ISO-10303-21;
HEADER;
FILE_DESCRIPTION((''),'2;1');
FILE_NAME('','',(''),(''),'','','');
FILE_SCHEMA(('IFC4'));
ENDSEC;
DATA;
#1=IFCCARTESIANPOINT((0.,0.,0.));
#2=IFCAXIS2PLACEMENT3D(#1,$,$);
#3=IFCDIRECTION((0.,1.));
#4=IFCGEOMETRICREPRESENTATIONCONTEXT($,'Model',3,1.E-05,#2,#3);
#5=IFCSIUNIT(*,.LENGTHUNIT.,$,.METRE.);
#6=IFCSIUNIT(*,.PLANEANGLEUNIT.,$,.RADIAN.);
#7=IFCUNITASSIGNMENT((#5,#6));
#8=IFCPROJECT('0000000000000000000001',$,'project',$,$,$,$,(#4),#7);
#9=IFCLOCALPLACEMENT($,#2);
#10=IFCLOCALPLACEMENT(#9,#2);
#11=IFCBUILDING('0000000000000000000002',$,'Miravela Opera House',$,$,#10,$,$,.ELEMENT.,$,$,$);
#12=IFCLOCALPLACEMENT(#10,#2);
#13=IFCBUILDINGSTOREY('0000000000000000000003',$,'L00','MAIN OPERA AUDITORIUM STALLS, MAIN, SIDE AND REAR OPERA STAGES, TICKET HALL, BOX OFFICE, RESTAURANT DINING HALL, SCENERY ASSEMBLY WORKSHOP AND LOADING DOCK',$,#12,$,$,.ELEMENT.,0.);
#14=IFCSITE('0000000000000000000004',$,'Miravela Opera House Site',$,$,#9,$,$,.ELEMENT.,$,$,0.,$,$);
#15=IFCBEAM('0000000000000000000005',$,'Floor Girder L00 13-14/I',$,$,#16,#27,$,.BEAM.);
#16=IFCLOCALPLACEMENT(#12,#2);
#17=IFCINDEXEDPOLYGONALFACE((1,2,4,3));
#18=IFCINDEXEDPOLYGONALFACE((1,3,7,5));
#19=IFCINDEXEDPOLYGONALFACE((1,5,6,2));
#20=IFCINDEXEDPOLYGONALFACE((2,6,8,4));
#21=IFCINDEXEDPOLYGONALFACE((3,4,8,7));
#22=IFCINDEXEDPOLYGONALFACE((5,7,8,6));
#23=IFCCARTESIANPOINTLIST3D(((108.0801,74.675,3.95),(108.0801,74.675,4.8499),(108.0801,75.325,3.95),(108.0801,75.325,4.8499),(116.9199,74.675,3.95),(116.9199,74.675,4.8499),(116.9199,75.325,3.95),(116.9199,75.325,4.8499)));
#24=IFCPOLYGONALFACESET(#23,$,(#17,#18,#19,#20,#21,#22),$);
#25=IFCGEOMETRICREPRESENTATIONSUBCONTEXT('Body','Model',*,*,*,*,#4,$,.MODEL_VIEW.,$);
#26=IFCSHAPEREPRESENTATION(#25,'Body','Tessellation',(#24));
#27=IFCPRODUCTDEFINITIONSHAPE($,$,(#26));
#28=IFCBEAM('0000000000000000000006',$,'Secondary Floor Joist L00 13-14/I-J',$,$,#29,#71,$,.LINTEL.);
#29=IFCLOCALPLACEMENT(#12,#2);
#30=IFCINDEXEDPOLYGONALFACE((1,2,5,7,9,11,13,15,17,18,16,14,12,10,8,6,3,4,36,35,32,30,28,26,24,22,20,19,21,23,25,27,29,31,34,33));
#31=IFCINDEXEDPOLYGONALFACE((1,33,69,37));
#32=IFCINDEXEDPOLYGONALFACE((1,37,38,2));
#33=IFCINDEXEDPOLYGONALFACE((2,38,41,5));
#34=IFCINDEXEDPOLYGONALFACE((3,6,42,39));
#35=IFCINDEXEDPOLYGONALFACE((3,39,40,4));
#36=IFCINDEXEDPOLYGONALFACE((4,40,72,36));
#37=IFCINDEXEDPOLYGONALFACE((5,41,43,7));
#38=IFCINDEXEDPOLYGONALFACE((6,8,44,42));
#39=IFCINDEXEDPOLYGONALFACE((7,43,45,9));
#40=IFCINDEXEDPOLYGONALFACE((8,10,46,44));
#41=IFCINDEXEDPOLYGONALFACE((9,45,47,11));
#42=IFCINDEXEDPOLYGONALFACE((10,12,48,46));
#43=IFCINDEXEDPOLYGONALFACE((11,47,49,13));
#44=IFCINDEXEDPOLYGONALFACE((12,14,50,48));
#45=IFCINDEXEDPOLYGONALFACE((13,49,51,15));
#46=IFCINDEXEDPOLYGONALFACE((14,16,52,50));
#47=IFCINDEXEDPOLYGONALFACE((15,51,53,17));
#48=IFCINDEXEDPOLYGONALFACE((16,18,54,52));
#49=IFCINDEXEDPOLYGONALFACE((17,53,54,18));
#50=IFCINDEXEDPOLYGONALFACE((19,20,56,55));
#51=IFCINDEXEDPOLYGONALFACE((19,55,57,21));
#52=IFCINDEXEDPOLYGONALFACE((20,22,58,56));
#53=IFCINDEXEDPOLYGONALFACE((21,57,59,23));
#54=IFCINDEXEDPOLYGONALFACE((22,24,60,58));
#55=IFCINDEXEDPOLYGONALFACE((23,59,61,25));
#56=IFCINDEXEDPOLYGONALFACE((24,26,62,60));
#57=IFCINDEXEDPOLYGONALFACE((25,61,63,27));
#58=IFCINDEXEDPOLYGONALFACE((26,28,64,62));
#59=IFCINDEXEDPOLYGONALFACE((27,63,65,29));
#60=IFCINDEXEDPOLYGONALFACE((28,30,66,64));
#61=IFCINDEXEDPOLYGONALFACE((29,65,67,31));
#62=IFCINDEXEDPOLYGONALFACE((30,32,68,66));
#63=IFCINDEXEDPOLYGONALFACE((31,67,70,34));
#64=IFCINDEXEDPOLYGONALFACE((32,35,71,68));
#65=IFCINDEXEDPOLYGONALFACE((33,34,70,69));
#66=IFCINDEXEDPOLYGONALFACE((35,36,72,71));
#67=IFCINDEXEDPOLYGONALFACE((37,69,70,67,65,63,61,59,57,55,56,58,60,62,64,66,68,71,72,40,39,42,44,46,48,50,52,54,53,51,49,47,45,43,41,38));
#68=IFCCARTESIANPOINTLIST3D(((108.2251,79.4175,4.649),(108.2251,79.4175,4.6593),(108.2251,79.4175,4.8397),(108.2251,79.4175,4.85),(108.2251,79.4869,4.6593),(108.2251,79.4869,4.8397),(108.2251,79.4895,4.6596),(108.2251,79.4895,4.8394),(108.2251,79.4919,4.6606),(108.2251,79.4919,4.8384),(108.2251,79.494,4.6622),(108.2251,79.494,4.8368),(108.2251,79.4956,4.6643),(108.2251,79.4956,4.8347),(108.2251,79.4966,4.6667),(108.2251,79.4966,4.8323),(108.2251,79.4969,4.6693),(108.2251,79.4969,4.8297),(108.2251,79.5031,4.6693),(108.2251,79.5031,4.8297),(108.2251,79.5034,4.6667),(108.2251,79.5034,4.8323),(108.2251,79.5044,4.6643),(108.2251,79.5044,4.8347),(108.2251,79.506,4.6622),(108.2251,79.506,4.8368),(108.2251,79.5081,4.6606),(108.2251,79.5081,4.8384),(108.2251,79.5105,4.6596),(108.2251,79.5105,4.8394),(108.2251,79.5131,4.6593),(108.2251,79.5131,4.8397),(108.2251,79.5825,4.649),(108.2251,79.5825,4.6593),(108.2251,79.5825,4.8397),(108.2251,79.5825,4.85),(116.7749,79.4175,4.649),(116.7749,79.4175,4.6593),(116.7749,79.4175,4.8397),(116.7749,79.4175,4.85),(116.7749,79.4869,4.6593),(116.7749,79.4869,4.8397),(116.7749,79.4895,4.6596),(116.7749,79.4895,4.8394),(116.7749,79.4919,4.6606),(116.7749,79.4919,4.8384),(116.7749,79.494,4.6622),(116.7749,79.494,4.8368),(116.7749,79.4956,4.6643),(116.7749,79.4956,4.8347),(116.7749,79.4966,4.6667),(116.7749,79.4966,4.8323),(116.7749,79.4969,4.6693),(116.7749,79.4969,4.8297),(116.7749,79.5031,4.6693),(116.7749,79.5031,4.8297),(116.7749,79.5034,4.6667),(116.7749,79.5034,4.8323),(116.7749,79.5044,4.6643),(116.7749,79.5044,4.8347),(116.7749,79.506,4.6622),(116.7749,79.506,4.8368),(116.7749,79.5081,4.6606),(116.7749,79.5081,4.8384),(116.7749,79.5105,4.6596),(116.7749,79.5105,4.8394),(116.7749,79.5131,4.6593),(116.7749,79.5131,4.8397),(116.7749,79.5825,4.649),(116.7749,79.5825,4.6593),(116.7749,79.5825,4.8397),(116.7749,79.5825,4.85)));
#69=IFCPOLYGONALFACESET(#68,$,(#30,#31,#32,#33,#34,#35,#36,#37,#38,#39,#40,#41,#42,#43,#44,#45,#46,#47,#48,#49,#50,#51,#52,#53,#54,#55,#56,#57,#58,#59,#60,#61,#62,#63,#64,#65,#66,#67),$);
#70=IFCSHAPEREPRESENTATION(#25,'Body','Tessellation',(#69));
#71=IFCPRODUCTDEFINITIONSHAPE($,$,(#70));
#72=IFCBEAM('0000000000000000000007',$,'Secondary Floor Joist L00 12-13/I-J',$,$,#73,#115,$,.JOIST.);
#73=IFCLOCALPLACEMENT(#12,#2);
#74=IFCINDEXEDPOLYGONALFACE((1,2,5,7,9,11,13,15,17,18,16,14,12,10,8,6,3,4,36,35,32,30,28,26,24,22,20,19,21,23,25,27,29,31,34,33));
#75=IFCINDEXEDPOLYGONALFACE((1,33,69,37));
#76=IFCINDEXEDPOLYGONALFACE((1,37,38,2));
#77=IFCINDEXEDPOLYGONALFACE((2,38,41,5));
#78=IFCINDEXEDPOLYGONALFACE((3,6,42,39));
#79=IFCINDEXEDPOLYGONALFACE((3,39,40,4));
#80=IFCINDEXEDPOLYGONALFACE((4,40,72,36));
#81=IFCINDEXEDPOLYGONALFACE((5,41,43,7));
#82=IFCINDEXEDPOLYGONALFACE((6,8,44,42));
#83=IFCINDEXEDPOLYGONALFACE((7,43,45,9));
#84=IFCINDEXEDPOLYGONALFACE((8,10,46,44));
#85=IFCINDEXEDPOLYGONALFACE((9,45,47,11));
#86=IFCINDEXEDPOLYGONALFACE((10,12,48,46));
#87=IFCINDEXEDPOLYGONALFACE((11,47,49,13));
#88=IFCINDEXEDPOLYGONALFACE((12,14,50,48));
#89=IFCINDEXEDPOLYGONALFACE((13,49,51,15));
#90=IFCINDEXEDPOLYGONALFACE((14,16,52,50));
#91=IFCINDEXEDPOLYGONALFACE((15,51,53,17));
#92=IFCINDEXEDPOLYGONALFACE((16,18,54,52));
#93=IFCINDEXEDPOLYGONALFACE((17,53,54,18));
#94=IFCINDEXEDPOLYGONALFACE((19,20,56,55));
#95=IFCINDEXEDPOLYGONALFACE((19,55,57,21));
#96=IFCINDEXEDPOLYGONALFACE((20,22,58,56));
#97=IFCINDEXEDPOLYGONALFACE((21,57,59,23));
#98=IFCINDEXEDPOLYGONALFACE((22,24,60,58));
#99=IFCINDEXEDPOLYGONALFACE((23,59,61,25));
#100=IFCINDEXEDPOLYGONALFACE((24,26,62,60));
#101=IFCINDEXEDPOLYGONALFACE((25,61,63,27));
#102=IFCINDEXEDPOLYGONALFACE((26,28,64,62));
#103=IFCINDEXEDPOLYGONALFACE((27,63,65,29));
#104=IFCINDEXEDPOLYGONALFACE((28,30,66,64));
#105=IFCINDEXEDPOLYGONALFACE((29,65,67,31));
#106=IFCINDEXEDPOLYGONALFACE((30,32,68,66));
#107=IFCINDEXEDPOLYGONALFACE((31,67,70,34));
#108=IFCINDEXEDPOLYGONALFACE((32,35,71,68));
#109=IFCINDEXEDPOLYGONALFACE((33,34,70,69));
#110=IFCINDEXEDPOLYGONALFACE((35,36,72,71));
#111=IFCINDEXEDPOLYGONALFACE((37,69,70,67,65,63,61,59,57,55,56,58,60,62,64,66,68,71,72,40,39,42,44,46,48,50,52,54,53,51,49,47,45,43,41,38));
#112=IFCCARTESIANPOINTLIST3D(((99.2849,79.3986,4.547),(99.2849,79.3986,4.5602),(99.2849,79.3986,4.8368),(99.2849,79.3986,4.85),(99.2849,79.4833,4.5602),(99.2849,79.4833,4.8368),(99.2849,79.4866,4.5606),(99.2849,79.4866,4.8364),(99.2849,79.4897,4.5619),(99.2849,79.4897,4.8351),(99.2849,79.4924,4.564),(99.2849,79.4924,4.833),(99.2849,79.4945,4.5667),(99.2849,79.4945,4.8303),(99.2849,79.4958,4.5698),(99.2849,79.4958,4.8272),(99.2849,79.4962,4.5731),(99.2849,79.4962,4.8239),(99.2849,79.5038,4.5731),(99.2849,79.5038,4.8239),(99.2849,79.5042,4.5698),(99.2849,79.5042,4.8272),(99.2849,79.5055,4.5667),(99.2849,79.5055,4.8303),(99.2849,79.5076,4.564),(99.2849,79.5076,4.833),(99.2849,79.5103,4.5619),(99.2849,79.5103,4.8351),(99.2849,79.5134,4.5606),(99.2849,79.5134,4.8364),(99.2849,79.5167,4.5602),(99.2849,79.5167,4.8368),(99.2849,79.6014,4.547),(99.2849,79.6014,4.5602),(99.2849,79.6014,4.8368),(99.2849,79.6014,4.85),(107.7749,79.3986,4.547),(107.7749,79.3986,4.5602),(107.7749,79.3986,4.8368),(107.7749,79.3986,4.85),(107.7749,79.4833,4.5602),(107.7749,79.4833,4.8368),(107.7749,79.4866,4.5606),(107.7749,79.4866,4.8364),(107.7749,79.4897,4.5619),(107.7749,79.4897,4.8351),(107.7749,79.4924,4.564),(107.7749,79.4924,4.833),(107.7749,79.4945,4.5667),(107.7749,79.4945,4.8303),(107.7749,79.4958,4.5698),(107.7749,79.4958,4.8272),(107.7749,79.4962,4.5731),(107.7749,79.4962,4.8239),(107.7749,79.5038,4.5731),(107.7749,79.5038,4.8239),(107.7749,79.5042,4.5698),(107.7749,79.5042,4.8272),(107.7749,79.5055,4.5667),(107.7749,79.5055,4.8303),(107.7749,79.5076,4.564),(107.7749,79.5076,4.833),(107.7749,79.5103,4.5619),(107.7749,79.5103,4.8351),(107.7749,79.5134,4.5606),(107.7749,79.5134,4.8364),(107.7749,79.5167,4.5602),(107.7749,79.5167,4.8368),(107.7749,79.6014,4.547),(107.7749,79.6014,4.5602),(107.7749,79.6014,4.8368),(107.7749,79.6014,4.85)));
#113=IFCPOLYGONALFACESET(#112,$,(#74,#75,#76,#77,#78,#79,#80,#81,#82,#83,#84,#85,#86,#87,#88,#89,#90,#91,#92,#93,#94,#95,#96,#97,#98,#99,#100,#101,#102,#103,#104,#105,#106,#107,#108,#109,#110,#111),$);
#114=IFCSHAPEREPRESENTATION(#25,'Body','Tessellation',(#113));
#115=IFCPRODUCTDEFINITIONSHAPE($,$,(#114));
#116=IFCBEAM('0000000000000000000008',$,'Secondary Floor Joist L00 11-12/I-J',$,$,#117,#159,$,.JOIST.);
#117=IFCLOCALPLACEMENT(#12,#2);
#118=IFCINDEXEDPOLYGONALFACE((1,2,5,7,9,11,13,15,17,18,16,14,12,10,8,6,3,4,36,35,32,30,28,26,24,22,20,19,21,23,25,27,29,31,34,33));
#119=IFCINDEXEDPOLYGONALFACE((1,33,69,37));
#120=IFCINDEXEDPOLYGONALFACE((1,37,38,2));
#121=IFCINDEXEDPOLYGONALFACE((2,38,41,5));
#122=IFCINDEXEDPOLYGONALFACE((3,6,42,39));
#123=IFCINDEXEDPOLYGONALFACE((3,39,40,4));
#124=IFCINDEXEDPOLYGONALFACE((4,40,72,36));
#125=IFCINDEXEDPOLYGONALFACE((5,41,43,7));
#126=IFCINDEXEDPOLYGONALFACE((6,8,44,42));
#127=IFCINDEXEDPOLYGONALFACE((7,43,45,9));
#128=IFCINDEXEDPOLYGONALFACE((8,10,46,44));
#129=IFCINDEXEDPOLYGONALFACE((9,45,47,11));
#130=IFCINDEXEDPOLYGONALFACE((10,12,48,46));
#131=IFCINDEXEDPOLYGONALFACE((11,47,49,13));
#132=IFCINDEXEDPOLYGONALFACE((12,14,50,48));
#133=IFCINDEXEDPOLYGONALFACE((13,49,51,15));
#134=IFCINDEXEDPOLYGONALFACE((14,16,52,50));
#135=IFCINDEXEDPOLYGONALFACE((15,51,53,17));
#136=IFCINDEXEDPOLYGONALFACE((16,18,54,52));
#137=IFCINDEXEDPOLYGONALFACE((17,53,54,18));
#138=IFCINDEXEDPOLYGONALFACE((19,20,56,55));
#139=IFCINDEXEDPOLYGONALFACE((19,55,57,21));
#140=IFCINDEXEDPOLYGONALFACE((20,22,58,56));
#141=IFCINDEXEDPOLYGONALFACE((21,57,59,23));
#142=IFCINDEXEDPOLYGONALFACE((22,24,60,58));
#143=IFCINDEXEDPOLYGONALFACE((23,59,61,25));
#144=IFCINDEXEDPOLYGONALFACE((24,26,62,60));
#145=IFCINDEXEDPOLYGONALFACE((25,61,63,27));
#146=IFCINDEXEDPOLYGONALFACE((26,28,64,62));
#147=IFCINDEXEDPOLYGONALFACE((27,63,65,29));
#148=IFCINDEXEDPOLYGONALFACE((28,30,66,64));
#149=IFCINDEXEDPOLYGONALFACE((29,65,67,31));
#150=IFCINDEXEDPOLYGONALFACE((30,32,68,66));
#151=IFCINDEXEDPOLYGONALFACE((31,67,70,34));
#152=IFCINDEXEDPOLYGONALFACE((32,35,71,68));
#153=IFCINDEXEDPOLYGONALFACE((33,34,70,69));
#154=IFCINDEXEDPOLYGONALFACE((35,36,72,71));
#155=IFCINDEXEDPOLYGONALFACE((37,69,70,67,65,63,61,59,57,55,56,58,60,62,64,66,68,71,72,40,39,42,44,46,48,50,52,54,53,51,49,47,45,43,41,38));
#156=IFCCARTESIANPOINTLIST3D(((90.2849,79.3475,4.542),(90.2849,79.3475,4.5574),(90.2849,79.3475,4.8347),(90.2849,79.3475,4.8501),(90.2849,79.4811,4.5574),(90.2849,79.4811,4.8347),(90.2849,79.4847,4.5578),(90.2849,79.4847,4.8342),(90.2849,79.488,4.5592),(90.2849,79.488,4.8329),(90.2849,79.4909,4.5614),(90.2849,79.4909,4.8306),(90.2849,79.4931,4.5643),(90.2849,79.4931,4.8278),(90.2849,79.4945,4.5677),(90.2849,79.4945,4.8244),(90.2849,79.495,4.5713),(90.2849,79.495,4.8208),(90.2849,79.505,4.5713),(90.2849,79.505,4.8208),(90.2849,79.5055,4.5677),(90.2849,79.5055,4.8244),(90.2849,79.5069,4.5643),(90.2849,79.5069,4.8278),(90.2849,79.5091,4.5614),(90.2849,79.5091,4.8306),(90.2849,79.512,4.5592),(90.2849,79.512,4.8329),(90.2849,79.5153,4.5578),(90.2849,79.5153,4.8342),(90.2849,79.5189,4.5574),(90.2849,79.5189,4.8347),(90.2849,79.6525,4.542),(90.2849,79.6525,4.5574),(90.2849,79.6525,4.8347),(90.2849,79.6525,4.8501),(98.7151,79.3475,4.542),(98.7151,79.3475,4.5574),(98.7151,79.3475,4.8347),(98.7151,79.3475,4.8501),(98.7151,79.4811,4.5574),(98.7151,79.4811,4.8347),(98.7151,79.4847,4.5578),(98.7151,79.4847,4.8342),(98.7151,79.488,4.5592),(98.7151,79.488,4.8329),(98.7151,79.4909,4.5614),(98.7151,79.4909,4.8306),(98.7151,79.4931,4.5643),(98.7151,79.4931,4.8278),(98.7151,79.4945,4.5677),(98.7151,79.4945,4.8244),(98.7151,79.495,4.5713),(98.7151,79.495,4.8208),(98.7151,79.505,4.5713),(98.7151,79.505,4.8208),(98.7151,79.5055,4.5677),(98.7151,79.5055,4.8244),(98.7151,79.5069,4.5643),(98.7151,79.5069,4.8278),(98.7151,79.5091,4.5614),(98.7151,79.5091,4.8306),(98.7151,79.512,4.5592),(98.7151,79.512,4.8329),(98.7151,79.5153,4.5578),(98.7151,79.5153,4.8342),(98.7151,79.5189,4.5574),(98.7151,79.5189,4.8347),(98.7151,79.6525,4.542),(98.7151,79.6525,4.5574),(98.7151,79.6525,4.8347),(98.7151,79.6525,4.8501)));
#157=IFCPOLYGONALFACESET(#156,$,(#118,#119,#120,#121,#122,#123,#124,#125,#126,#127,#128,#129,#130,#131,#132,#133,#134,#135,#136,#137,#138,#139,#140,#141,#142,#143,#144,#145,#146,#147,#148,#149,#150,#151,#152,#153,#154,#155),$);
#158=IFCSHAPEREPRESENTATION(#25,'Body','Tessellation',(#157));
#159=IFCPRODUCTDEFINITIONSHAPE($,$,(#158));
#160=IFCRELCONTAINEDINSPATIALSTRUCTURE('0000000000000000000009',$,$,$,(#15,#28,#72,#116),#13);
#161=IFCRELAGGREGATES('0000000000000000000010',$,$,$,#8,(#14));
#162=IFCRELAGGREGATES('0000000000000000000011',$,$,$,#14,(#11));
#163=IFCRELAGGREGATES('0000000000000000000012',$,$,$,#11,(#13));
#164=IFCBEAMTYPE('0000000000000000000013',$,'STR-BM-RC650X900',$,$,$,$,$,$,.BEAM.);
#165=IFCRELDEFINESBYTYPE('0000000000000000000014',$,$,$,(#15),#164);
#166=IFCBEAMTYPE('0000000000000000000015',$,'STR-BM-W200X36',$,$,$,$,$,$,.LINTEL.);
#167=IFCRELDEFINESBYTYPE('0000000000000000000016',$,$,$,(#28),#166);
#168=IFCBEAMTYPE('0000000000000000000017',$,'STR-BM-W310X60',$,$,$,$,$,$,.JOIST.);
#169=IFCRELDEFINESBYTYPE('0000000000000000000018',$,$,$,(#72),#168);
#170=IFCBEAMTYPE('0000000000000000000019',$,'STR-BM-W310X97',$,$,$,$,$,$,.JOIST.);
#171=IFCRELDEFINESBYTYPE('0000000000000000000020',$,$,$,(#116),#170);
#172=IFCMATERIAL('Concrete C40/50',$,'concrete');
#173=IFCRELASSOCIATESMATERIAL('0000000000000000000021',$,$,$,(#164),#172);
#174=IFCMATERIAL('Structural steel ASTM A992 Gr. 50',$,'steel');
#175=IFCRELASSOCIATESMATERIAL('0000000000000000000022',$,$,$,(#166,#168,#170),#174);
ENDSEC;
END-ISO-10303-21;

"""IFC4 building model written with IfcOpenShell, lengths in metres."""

from ifc_helpers import new_model, si_unit, direction, frame, origin, origin_2d, place, context, subcontext, project, spatial, rectangle, i_section, extrude, material, material_profile, profile_set, type_object, element, save


model = new_model("IFC4")

# Units and contexts
model_context = context("Model", 3, precision=1e-05, world=origin(), true_north=direction((0.0, 1.0)))
body_context = subcontext(model_context, "Body", "Model", "MODEL_VIEW")
ifc_project = project(units=[si_unit("LENGTHUNIT", "METRE"), si_unit("PLANEANGLEUNIT", "RADIAN")], contexts=[model_context])

# Site, building, storey
site_placement = place(None, origin())
site = spatial("IfcSite", under=ifc_project, at=site_placement, Name="Miravela Opera House Site", CompositionType="ELEMENT", RefElevation=0.0)
building_placement = place(site_placement, origin())
building = spatial("IfcBuilding", under=site, at=building_placement, Name="Miravela Opera House", CompositionType="ELEMENT")
storey_placement = place(building_placement, origin())
storey = spatial("IfcBuildingStorey", under=building, at=storey_placement, Name="L00", Description="MAIN OPERA AUDITORIUM STALLS, MAIN, SIDE AND REAR OPERA STAGES, TICKET HALL, BOX OFFICE, RESTAURANT DINING HALL, SCENERY ASSEMBLY WORKSHOP AND LOADING DOCK", CompositionType="ELEMENT", Elevation=0.0)

# Shared definitions
ifc_material_1 = material(Name="Concrete C40/50", Category="concrete")

# Beams
ifc_material_profile_1 = material_profile(ifc_material_1, rectangle(XDim=0.6499, YDim=0.8999, at=origin_2d()), Name="RC-BM-650X900")
ifc_profile_set_1 = profile_set([ifc_material_profile_1])
beam_type_1 = type_object("IfcBeamType", Name="STR-BM-RC650X900", PredefinedType="BEAM", material=ifc_profile_set_1)
for number, where, z_axis, x_axis, name in (
    (1, (108.0801, 75.0, 4.3999), (1.0, 0.0, 0.0), (0.0, 1.0, 0.0), "Floor Girder L00 13-14/I"),
):
    element("IfcBeam", number, at=place(storey_placement, frame(where, z_axis=z_axis, x_axis=x_axis)), inside=storey, type_object=beam_type_1, Name=name, PredefinedType="BEAM", context=body_context, shape_type="SweptSolid", body=[
        extrude(rectangle(XDim=0.6499, YDim=0.8999, at=origin_2d()), origin(), (0.0, 0.0, 1.0), 8.8398),
    ])
ifc_material_2 = material(Name="Structural steel ASTM A992 Gr. 50", Category="steel")
ifc_material_profile_2 = material_profile(ifc_material_2, i_section(OverallWidth=0.165, OverallDepth=0.2009, WebThickness=0.0061, FlangeThickness=0.0103, FilletRadius=0.01, at=origin_2d()), Name="W200X36")
ifc_profile_set_2 = profile_set([ifc_material_profile_2])
beam_type_2 = type_object("IfcBeamType", Name="STR-BM-W200X36", PredefinedType="LINTEL", material=ifc_profile_set_2)
beam_1_placement = place(storey_placement, frame((108.2251, 79.5, 4.7495), z_axis=(1.0, 0.0, 0.0), x_axis=(0.0, 1.0, 0.0)))
element("IfcBeam", 2, at=beam_1_placement, inside=storey, type_object=beam_type_2, Name="Secondary Floor Joist L00 13-14/I-J", PredefinedType="LINTEL", context=body_context, shape_type="SweptSolid", body=[
    extrude(i_section(OverallWidth=0.165, OverallDepth=0.2009, WebThickness=0.0061, FlangeThickness=0.0103, FilletRadius=0.01, at=origin_2d()), origin(), (0.0, 0.0, 1.0), 8.5498),
])
ifc_material_profile_3 = material_profile(ifc_material_2, i_section(OverallWidth=0.2029, OverallDepth=0.303, WebThickness=0.0076, FlangeThickness=0.0132, FilletRadius=0.0129, at=origin_2d()), Name="W310X60")
ifc_profile_set_3 = profile_set([ifc_material_profile_3])
beam_type_3 = type_object("IfcBeamType", Name="STR-BM-W310X60", PredefinedType="JOIST", material=ifc_profile_set_3)
beam_2_placement = place(storey_placement, frame((99.2849, 79.5, 4.6985), z_axis=(1.0, 0.0, 0.0), x_axis=(0.0, 1.0, 0.0)))
element("IfcBeam", 3, at=beam_2_placement, inside=storey, type_object=beam_type_3, Name="Secondary Floor Joist L00 12-13/I-J", PredefinedType="JOIST", context=body_context, shape_type="SweptSolid", body=[
    extrude(i_section(OverallWidth=0.2029, OverallDepth=0.303, WebThickness=0.0076, FlangeThickness=0.0132, FilletRadius=0.0129, at=origin_2d()), origin(), (0.0, 0.0, 1.0), 8.49),
])
ifc_material_profile_4 = material_profile(ifc_material_2, i_section(OverallWidth=0.3049, OverallDepth=0.3081, WebThickness=0.01, FlangeThickness=0.0154, FilletRadius=0.0139, at=origin_2d()), Name="W310X97")
ifc_profile_set_4 = profile_set([ifc_material_profile_4])
beam_type_4 = type_object("IfcBeamType", Name="STR-BM-W310X97", PredefinedType="JOIST", material=ifc_profile_set_4)
beam_3_placement = place(storey_placement, frame((90.2849, 79.5, 4.696), z_axis=(1.0, 0.0, 0.0), x_axis=(0.0, 1.0, 0.0)))
element("IfcBeam", 4, at=beam_3_placement, inside=storey, type_object=beam_type_4, Name="Secondary Floor Joist L00 11-12/I-J", PredefinedType="JOIST", context=body_context, shape_type="SweptSolid", body=[
    extrude(i_section(OverallWidth=0.3049, OverallDepth=0.3081, WebThickness=0.01, FlangeThickness=0.0154, FilletRadius=0.0139, at=origin_2d()), origin(), (0.0, 0.0, 1.0), 8.4302),
])

save(model, "model.ifc")
